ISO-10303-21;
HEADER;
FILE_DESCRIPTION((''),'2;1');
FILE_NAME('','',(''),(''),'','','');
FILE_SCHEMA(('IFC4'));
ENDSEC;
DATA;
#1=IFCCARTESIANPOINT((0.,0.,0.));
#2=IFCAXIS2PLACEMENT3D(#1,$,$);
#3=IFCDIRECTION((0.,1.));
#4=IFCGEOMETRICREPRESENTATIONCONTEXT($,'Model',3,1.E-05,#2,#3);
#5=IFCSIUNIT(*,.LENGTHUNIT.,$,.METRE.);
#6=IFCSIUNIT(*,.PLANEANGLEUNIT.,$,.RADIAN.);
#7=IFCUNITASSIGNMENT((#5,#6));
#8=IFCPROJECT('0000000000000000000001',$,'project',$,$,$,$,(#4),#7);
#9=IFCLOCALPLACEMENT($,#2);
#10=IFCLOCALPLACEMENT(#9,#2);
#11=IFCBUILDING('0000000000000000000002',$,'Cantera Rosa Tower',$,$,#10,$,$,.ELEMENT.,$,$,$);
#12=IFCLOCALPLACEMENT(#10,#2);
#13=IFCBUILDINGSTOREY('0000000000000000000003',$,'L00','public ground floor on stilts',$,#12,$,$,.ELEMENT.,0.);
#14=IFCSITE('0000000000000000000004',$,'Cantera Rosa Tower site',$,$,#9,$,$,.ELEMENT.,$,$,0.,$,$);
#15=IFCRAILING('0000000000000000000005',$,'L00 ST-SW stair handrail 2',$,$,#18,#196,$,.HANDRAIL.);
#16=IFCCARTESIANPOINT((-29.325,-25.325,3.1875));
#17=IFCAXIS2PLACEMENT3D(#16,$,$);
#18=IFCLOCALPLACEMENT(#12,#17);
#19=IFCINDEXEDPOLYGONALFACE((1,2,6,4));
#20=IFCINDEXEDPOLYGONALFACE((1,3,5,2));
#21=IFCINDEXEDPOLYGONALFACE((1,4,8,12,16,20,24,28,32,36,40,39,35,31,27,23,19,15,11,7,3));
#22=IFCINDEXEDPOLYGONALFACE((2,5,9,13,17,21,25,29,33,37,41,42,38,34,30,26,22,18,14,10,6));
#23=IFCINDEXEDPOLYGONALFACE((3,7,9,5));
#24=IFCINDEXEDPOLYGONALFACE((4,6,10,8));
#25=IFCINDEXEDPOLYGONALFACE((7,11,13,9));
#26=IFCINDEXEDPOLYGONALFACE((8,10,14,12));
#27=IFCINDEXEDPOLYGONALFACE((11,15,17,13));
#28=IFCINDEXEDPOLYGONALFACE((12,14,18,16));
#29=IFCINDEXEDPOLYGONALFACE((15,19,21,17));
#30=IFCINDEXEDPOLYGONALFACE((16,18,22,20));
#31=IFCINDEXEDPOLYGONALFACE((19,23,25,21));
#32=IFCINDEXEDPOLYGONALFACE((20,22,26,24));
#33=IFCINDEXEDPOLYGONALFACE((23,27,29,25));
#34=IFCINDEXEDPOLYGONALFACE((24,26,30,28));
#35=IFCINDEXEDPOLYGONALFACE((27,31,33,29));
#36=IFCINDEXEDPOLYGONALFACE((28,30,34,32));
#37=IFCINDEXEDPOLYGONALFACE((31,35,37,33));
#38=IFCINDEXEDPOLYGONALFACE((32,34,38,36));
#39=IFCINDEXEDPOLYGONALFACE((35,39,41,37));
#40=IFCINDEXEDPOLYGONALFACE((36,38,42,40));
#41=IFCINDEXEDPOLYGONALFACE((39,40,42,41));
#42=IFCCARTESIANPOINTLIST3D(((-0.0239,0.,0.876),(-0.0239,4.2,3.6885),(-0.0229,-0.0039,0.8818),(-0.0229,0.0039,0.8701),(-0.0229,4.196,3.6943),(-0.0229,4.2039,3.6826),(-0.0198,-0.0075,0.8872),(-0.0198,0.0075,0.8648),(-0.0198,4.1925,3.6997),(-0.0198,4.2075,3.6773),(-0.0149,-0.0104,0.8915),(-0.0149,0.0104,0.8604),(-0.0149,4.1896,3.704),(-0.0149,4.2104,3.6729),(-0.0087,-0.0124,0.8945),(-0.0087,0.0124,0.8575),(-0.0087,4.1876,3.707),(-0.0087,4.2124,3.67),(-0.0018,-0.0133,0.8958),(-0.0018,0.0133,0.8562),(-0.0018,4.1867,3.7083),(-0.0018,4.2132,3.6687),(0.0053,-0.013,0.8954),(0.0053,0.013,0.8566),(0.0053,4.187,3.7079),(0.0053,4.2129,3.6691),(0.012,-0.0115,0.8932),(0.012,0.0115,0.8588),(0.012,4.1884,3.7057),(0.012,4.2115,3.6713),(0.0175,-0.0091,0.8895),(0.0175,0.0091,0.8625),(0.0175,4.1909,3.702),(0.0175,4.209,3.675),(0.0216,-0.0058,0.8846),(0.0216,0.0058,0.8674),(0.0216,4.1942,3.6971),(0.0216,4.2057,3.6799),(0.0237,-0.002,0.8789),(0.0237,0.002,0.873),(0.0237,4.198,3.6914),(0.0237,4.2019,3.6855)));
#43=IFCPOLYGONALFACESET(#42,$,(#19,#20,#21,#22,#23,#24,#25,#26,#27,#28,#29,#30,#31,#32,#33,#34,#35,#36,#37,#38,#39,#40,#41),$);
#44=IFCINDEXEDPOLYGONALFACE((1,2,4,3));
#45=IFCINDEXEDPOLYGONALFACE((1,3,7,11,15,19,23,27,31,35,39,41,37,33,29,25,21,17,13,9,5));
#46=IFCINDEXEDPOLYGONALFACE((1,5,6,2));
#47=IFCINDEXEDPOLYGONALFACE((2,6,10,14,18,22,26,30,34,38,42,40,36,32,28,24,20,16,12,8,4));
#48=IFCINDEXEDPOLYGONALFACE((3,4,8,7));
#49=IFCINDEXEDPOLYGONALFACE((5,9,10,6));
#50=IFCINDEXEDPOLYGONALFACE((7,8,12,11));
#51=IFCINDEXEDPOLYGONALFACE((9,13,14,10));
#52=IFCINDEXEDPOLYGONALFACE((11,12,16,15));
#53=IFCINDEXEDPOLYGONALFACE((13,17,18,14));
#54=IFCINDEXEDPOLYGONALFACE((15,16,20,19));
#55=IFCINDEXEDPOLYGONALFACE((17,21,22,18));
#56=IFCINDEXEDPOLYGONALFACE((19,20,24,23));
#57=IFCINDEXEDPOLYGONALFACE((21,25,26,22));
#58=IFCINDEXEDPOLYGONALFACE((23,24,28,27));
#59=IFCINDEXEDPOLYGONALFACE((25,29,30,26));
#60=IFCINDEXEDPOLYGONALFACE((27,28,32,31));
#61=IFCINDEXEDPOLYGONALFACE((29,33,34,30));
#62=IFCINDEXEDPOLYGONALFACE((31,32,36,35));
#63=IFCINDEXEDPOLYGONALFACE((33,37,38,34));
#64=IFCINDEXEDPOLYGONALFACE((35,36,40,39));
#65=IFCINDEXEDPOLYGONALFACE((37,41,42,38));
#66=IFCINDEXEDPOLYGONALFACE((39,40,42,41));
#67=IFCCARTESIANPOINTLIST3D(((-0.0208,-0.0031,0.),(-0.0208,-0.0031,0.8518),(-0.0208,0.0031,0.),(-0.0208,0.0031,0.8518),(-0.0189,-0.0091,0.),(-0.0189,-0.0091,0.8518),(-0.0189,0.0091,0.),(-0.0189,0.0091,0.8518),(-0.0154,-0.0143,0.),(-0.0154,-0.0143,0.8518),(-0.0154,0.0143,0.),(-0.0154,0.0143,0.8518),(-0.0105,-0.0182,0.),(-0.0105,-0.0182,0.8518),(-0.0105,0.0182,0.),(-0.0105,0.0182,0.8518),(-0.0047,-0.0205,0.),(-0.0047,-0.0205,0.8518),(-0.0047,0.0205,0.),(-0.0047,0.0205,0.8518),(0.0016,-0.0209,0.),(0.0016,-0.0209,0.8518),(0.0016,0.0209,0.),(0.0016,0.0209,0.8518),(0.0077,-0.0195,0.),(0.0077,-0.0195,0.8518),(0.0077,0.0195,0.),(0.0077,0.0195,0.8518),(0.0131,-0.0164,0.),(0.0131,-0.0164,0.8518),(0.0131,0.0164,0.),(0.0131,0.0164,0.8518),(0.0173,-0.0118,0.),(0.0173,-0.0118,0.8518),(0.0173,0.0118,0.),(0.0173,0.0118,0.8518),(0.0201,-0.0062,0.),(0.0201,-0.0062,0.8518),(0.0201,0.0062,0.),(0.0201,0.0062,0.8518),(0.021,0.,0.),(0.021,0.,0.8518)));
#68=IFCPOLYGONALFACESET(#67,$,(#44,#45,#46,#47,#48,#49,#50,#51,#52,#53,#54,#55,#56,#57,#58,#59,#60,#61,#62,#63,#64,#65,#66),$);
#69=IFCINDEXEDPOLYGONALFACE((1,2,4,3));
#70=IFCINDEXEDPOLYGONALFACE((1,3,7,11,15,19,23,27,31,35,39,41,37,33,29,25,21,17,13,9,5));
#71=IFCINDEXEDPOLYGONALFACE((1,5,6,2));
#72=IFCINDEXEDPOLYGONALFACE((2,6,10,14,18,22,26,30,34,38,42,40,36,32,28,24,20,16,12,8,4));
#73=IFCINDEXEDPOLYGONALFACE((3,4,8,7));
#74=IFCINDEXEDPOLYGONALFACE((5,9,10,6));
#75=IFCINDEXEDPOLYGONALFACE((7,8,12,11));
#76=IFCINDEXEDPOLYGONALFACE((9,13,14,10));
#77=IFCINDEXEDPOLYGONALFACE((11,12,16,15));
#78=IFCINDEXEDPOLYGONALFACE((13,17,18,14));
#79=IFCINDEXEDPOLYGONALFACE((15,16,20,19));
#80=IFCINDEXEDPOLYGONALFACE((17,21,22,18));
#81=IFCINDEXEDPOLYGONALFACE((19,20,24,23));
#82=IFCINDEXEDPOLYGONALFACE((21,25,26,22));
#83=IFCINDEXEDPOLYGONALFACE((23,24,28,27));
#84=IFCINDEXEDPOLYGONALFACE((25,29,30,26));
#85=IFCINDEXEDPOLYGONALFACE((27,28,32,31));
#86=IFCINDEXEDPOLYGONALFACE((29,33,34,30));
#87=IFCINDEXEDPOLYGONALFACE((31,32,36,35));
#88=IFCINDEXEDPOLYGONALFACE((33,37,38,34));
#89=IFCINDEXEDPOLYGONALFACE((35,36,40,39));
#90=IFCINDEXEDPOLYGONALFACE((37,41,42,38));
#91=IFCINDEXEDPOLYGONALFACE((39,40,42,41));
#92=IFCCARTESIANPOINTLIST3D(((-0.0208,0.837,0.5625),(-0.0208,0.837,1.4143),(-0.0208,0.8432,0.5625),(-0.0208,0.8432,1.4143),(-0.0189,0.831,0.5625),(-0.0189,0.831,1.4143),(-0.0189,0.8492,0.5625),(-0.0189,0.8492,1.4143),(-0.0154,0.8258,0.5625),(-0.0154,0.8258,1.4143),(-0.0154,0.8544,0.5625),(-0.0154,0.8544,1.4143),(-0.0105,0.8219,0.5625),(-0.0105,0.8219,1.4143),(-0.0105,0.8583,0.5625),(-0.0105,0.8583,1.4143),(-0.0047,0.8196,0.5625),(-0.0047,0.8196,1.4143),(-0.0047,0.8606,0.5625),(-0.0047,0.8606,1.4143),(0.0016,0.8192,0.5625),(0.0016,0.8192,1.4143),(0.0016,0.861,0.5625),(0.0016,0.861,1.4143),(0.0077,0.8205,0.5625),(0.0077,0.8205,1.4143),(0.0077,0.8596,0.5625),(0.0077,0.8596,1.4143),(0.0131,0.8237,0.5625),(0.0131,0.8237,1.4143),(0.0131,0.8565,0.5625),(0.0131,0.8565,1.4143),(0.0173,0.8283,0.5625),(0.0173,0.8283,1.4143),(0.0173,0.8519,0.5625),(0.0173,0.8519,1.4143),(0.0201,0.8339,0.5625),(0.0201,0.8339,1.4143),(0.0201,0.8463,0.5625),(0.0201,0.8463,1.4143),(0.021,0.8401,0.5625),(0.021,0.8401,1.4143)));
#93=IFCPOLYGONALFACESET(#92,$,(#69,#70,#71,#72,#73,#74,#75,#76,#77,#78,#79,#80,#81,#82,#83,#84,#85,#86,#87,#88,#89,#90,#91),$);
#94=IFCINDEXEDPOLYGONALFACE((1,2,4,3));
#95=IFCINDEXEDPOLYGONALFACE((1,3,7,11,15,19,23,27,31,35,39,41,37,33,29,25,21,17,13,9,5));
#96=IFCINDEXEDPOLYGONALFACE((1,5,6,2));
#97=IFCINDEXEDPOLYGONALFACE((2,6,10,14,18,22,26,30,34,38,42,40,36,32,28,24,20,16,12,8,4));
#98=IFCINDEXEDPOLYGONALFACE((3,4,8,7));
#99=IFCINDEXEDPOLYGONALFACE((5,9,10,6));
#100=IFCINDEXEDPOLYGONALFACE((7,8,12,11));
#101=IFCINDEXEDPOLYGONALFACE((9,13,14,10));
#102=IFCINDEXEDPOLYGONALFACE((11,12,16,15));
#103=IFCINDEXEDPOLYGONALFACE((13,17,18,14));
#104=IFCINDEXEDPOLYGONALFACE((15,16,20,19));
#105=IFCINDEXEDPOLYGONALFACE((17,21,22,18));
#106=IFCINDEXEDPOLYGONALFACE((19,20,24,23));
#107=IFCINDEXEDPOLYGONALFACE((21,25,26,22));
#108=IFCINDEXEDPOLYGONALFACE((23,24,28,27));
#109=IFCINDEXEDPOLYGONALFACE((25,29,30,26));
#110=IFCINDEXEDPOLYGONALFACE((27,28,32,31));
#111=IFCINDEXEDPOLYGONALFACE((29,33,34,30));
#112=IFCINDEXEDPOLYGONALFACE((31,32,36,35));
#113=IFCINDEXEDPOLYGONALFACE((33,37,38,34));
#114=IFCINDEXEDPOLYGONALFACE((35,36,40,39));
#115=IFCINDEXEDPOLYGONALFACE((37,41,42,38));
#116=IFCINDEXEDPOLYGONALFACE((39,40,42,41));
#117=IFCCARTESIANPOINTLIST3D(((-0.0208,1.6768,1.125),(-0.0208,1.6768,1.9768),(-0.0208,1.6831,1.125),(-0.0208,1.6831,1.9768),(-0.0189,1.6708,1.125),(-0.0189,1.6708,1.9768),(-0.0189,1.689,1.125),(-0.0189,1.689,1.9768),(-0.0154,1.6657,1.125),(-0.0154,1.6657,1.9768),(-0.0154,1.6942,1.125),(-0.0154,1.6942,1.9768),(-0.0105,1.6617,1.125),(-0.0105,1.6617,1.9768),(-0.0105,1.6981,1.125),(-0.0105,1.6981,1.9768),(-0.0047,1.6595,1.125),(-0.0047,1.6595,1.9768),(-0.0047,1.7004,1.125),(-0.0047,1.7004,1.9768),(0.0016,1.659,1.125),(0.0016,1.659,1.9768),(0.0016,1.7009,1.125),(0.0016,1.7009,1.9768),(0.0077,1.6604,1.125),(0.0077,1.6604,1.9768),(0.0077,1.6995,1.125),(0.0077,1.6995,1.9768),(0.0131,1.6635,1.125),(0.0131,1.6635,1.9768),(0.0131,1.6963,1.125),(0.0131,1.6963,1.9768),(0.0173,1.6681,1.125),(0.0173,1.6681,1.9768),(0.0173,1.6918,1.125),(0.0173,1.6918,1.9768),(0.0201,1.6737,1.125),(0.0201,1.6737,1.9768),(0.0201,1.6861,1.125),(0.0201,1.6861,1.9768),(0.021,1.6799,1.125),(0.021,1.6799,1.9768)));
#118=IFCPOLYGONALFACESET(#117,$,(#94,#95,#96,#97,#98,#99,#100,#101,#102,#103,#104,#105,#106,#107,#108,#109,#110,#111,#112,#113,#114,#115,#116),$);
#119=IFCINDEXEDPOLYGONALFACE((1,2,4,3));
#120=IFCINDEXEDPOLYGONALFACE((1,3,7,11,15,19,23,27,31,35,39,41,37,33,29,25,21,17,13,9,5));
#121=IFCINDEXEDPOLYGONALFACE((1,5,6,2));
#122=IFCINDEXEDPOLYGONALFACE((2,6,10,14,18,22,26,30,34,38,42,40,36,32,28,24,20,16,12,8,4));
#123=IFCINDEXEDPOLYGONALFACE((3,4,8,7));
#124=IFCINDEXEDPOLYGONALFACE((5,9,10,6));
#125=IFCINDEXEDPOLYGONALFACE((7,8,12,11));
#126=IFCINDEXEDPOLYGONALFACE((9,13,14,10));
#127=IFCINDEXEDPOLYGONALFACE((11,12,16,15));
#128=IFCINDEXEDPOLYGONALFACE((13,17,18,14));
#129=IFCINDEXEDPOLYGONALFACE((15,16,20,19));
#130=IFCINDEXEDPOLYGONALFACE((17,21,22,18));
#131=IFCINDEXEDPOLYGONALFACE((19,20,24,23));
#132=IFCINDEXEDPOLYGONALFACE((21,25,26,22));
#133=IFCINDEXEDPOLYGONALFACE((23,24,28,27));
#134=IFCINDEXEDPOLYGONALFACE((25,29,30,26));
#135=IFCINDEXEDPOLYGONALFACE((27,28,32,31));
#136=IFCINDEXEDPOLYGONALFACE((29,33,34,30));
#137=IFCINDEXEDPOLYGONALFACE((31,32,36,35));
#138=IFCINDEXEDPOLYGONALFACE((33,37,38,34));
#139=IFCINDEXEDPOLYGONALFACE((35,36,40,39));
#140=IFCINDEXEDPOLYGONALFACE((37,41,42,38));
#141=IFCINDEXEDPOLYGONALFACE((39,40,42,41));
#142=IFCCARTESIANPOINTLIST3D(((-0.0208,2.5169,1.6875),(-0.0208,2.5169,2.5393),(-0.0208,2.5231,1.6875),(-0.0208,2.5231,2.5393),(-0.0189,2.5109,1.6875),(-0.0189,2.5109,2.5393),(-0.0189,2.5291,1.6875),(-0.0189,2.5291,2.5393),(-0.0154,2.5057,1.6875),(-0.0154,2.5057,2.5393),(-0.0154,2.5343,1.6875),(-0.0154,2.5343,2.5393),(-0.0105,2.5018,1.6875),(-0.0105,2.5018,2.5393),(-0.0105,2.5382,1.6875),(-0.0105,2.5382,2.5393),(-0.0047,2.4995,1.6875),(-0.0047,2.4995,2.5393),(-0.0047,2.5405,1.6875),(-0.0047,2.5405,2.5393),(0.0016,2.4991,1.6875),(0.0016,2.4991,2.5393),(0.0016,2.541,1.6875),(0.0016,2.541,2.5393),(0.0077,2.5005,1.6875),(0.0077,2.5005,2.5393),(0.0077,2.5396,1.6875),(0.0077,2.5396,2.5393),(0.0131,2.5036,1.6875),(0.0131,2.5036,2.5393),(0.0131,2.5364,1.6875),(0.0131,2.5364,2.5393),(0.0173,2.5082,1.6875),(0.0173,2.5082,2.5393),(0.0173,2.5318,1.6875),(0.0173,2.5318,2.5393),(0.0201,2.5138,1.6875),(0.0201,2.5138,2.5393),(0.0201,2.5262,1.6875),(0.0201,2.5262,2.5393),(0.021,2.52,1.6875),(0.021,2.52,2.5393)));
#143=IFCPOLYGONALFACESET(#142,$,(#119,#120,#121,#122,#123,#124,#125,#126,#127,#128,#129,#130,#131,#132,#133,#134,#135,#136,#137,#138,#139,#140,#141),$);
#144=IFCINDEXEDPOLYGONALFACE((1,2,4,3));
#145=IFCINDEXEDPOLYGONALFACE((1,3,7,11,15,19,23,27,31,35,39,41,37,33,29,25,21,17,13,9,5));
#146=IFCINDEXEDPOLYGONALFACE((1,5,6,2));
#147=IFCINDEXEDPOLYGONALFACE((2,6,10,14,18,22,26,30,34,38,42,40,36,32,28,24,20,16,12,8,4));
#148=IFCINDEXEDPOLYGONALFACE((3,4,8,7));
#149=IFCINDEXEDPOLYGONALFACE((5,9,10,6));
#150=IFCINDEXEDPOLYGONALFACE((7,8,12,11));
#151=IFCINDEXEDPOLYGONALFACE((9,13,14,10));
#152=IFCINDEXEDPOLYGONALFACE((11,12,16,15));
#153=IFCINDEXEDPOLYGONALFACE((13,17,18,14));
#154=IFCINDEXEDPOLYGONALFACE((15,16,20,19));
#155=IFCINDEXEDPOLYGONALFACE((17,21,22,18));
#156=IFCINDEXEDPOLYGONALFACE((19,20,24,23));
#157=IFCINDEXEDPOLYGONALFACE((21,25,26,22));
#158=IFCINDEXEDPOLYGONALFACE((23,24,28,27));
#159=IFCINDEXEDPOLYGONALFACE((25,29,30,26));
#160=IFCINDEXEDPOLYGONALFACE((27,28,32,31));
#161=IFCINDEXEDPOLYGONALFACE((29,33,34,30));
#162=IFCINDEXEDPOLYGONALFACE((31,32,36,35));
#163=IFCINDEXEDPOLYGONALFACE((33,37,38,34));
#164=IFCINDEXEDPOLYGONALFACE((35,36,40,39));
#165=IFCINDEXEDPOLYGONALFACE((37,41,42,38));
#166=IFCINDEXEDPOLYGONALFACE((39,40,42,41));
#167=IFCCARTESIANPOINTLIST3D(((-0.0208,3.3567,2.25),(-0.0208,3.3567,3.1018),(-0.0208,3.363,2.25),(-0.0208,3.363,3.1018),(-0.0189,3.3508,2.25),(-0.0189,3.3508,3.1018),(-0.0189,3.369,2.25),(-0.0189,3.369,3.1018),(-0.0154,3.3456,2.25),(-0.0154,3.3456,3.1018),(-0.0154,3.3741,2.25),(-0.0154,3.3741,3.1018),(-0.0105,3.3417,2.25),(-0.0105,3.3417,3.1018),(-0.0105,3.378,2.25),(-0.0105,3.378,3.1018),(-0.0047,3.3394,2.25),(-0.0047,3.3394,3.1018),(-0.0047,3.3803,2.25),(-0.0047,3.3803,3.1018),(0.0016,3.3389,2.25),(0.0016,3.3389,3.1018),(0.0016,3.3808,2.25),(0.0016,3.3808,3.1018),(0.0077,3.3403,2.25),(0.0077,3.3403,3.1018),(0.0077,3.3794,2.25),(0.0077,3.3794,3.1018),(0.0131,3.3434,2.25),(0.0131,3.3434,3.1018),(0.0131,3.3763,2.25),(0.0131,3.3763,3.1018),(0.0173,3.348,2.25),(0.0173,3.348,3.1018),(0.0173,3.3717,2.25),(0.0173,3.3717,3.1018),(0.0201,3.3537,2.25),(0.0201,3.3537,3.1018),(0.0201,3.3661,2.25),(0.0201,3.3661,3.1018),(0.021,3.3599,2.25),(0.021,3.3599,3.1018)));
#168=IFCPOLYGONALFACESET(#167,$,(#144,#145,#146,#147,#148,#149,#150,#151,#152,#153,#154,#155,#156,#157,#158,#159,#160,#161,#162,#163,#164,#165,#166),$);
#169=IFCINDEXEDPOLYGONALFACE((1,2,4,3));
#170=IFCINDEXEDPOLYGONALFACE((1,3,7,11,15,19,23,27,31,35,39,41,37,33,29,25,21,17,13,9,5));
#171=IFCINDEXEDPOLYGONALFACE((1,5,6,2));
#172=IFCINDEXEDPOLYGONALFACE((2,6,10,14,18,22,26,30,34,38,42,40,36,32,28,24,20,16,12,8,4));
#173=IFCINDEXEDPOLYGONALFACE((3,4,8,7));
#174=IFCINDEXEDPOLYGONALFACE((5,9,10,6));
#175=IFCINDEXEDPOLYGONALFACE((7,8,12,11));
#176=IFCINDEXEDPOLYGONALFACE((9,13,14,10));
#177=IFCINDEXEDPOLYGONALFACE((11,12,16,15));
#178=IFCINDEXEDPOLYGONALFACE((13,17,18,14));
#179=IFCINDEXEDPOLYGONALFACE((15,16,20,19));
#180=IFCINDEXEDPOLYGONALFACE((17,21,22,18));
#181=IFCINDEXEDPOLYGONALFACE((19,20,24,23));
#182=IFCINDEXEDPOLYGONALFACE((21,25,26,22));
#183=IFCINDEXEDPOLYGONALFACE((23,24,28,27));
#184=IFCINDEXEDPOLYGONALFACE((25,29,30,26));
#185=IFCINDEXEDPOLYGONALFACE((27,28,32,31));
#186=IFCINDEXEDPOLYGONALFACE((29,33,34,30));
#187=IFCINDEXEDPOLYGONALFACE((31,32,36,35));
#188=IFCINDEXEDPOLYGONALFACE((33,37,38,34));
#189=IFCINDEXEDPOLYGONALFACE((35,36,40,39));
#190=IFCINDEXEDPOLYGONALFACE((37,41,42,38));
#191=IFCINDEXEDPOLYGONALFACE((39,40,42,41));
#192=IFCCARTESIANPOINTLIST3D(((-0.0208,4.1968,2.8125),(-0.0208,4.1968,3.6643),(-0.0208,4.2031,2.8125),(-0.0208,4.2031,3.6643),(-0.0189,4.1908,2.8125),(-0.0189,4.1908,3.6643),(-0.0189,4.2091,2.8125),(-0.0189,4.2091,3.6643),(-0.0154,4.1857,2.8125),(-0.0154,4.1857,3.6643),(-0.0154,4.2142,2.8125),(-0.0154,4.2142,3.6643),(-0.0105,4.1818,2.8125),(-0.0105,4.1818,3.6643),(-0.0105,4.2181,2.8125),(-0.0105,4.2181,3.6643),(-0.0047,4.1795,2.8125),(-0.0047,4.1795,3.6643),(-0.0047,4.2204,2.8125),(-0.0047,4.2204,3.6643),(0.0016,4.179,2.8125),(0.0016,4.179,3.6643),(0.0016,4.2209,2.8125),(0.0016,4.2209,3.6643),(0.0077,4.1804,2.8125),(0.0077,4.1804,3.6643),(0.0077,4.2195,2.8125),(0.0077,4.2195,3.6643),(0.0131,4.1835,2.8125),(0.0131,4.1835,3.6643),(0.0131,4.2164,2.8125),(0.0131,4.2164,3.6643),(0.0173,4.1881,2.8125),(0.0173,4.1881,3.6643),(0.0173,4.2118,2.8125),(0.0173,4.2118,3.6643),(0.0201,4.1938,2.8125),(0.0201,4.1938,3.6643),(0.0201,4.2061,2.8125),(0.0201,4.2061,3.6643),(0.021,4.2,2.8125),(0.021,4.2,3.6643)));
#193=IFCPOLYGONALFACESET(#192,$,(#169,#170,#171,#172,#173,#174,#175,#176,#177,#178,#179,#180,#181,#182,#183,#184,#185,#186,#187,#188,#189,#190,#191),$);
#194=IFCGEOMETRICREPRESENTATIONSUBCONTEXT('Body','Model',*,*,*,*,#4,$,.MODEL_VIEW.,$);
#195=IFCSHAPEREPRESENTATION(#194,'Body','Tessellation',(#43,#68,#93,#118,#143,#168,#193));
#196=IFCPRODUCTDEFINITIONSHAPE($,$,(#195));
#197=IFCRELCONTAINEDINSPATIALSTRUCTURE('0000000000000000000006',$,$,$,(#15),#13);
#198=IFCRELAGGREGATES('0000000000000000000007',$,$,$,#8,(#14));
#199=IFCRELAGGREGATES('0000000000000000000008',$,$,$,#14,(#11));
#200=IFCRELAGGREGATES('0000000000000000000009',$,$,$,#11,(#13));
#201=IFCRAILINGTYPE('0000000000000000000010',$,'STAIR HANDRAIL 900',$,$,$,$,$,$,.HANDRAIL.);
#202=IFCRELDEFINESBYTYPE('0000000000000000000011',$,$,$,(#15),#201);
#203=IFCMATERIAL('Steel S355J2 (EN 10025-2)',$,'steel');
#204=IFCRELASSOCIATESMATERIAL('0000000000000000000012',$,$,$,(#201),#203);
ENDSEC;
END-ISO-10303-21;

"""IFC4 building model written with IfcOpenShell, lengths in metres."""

from ifc_helpers import new_model, si_unit, direction, frame, origin, origin_2d, place, context, subcontext, project, spatial, circle, extrude, material, type_object, element, save


model = new_model("IFC4")

# Units and contexts
model_context = context("Model", 3, precision=1e-05, world=origin(), true_north=direction((0.0, 1.0)))
body_context = subcontext(model_context, "Body", "Model", "MODEL_VIEW")
ifc_project = project(units=[si_unit("LENGTHUNIT", "METRE"), si_unit("PLANEANGLEUNIT", "RADIAN")], contexts=[model_context])

# Site, building, storey
site_placement = place(None, origin())
site = spatial("IfcSite", under=ifc_project, at=site_placement, Name="Cantera Rosa Tower site", CompositionType="ELEMENT", RefElevation=0.0)
building_placement = place(site_placement, origin())
building = spatial("IfcBuilding", under=site, at=building_placement, Name="Cantera Rosa Tower", CompositionType="ELEMENT")
storey_placement = place(building_placement, origin())
storey = spatial("IfcBuildingStorey", under=building, at=storey_placement, Name="L00", Description="public ground floor on stilts", CompositionType="ELEMENT", Elevation=0.0)

# Railing
ifc_material_1 = material(Name="Steel S355J2 (EN 10025-2)", Category="steel")
railing_type_1 = type_object("IfcRailingType", Name="STAIR HANDRAIL 900", PredefinedType="HANDRAIL", material=ifc_material_1)
for number, where, name in (
    (1, (-29.325, -25.325, 3.1875), "L00 ST-SW stair handrail 2"),
):
    element("IfcRailing", number, at=place(storey_placement, frame(where)), inside=storey, type_object=railing_type_1, Name=name, PredefinedType="HANDRAIL", context=body_context, shape_type="SweptSolid", body=[
        extrude(circle(Radius=0.0239, at=origin_2d()), frame((0.0, 0.0, 0.876), z_axis=(0.0, 0.830904, 0.556416), x_axis=(-1.0, 0.0, 0.0)), (0.0, 0.0, 1.0), 5.0547),
        extrude(circle(Radius=0.021, at=origin_2d()), origin(), (0.0, 0.0, 1.0), 0.8518),
        extrude(circle(Radius=0.021, at=origin_2d()), frame((0.0, 0.8401, 0.5625)), (0.0, 0.0, 1.0), 0.8518),
        extrude(circle(Radius=0.021, at=origin_2d()), frame((0.0, 1.6799, 1.125)), (0.0, 0.0, 1.0), 0.8518),
        extrude(circle(Radius=0.021, at=origin_2d()), frame((0.0, 2.52, 1.6875)), (0.0, 0.0, 1.0), 0.8518),
        extrude(circle(Radius=0.021, at=origin_2d()), frame((0.0, 3.3599, 2.25)), (0.0, 0.0, 1.0), 0.8518),
        extrude(circle(Radius=0.021, at=origin_2d()), frame((0.0, 4.2, 2.8125)), (0.0, 0.0, 1.0), 0.8518),
    ])

save(model, "model.ifc")
